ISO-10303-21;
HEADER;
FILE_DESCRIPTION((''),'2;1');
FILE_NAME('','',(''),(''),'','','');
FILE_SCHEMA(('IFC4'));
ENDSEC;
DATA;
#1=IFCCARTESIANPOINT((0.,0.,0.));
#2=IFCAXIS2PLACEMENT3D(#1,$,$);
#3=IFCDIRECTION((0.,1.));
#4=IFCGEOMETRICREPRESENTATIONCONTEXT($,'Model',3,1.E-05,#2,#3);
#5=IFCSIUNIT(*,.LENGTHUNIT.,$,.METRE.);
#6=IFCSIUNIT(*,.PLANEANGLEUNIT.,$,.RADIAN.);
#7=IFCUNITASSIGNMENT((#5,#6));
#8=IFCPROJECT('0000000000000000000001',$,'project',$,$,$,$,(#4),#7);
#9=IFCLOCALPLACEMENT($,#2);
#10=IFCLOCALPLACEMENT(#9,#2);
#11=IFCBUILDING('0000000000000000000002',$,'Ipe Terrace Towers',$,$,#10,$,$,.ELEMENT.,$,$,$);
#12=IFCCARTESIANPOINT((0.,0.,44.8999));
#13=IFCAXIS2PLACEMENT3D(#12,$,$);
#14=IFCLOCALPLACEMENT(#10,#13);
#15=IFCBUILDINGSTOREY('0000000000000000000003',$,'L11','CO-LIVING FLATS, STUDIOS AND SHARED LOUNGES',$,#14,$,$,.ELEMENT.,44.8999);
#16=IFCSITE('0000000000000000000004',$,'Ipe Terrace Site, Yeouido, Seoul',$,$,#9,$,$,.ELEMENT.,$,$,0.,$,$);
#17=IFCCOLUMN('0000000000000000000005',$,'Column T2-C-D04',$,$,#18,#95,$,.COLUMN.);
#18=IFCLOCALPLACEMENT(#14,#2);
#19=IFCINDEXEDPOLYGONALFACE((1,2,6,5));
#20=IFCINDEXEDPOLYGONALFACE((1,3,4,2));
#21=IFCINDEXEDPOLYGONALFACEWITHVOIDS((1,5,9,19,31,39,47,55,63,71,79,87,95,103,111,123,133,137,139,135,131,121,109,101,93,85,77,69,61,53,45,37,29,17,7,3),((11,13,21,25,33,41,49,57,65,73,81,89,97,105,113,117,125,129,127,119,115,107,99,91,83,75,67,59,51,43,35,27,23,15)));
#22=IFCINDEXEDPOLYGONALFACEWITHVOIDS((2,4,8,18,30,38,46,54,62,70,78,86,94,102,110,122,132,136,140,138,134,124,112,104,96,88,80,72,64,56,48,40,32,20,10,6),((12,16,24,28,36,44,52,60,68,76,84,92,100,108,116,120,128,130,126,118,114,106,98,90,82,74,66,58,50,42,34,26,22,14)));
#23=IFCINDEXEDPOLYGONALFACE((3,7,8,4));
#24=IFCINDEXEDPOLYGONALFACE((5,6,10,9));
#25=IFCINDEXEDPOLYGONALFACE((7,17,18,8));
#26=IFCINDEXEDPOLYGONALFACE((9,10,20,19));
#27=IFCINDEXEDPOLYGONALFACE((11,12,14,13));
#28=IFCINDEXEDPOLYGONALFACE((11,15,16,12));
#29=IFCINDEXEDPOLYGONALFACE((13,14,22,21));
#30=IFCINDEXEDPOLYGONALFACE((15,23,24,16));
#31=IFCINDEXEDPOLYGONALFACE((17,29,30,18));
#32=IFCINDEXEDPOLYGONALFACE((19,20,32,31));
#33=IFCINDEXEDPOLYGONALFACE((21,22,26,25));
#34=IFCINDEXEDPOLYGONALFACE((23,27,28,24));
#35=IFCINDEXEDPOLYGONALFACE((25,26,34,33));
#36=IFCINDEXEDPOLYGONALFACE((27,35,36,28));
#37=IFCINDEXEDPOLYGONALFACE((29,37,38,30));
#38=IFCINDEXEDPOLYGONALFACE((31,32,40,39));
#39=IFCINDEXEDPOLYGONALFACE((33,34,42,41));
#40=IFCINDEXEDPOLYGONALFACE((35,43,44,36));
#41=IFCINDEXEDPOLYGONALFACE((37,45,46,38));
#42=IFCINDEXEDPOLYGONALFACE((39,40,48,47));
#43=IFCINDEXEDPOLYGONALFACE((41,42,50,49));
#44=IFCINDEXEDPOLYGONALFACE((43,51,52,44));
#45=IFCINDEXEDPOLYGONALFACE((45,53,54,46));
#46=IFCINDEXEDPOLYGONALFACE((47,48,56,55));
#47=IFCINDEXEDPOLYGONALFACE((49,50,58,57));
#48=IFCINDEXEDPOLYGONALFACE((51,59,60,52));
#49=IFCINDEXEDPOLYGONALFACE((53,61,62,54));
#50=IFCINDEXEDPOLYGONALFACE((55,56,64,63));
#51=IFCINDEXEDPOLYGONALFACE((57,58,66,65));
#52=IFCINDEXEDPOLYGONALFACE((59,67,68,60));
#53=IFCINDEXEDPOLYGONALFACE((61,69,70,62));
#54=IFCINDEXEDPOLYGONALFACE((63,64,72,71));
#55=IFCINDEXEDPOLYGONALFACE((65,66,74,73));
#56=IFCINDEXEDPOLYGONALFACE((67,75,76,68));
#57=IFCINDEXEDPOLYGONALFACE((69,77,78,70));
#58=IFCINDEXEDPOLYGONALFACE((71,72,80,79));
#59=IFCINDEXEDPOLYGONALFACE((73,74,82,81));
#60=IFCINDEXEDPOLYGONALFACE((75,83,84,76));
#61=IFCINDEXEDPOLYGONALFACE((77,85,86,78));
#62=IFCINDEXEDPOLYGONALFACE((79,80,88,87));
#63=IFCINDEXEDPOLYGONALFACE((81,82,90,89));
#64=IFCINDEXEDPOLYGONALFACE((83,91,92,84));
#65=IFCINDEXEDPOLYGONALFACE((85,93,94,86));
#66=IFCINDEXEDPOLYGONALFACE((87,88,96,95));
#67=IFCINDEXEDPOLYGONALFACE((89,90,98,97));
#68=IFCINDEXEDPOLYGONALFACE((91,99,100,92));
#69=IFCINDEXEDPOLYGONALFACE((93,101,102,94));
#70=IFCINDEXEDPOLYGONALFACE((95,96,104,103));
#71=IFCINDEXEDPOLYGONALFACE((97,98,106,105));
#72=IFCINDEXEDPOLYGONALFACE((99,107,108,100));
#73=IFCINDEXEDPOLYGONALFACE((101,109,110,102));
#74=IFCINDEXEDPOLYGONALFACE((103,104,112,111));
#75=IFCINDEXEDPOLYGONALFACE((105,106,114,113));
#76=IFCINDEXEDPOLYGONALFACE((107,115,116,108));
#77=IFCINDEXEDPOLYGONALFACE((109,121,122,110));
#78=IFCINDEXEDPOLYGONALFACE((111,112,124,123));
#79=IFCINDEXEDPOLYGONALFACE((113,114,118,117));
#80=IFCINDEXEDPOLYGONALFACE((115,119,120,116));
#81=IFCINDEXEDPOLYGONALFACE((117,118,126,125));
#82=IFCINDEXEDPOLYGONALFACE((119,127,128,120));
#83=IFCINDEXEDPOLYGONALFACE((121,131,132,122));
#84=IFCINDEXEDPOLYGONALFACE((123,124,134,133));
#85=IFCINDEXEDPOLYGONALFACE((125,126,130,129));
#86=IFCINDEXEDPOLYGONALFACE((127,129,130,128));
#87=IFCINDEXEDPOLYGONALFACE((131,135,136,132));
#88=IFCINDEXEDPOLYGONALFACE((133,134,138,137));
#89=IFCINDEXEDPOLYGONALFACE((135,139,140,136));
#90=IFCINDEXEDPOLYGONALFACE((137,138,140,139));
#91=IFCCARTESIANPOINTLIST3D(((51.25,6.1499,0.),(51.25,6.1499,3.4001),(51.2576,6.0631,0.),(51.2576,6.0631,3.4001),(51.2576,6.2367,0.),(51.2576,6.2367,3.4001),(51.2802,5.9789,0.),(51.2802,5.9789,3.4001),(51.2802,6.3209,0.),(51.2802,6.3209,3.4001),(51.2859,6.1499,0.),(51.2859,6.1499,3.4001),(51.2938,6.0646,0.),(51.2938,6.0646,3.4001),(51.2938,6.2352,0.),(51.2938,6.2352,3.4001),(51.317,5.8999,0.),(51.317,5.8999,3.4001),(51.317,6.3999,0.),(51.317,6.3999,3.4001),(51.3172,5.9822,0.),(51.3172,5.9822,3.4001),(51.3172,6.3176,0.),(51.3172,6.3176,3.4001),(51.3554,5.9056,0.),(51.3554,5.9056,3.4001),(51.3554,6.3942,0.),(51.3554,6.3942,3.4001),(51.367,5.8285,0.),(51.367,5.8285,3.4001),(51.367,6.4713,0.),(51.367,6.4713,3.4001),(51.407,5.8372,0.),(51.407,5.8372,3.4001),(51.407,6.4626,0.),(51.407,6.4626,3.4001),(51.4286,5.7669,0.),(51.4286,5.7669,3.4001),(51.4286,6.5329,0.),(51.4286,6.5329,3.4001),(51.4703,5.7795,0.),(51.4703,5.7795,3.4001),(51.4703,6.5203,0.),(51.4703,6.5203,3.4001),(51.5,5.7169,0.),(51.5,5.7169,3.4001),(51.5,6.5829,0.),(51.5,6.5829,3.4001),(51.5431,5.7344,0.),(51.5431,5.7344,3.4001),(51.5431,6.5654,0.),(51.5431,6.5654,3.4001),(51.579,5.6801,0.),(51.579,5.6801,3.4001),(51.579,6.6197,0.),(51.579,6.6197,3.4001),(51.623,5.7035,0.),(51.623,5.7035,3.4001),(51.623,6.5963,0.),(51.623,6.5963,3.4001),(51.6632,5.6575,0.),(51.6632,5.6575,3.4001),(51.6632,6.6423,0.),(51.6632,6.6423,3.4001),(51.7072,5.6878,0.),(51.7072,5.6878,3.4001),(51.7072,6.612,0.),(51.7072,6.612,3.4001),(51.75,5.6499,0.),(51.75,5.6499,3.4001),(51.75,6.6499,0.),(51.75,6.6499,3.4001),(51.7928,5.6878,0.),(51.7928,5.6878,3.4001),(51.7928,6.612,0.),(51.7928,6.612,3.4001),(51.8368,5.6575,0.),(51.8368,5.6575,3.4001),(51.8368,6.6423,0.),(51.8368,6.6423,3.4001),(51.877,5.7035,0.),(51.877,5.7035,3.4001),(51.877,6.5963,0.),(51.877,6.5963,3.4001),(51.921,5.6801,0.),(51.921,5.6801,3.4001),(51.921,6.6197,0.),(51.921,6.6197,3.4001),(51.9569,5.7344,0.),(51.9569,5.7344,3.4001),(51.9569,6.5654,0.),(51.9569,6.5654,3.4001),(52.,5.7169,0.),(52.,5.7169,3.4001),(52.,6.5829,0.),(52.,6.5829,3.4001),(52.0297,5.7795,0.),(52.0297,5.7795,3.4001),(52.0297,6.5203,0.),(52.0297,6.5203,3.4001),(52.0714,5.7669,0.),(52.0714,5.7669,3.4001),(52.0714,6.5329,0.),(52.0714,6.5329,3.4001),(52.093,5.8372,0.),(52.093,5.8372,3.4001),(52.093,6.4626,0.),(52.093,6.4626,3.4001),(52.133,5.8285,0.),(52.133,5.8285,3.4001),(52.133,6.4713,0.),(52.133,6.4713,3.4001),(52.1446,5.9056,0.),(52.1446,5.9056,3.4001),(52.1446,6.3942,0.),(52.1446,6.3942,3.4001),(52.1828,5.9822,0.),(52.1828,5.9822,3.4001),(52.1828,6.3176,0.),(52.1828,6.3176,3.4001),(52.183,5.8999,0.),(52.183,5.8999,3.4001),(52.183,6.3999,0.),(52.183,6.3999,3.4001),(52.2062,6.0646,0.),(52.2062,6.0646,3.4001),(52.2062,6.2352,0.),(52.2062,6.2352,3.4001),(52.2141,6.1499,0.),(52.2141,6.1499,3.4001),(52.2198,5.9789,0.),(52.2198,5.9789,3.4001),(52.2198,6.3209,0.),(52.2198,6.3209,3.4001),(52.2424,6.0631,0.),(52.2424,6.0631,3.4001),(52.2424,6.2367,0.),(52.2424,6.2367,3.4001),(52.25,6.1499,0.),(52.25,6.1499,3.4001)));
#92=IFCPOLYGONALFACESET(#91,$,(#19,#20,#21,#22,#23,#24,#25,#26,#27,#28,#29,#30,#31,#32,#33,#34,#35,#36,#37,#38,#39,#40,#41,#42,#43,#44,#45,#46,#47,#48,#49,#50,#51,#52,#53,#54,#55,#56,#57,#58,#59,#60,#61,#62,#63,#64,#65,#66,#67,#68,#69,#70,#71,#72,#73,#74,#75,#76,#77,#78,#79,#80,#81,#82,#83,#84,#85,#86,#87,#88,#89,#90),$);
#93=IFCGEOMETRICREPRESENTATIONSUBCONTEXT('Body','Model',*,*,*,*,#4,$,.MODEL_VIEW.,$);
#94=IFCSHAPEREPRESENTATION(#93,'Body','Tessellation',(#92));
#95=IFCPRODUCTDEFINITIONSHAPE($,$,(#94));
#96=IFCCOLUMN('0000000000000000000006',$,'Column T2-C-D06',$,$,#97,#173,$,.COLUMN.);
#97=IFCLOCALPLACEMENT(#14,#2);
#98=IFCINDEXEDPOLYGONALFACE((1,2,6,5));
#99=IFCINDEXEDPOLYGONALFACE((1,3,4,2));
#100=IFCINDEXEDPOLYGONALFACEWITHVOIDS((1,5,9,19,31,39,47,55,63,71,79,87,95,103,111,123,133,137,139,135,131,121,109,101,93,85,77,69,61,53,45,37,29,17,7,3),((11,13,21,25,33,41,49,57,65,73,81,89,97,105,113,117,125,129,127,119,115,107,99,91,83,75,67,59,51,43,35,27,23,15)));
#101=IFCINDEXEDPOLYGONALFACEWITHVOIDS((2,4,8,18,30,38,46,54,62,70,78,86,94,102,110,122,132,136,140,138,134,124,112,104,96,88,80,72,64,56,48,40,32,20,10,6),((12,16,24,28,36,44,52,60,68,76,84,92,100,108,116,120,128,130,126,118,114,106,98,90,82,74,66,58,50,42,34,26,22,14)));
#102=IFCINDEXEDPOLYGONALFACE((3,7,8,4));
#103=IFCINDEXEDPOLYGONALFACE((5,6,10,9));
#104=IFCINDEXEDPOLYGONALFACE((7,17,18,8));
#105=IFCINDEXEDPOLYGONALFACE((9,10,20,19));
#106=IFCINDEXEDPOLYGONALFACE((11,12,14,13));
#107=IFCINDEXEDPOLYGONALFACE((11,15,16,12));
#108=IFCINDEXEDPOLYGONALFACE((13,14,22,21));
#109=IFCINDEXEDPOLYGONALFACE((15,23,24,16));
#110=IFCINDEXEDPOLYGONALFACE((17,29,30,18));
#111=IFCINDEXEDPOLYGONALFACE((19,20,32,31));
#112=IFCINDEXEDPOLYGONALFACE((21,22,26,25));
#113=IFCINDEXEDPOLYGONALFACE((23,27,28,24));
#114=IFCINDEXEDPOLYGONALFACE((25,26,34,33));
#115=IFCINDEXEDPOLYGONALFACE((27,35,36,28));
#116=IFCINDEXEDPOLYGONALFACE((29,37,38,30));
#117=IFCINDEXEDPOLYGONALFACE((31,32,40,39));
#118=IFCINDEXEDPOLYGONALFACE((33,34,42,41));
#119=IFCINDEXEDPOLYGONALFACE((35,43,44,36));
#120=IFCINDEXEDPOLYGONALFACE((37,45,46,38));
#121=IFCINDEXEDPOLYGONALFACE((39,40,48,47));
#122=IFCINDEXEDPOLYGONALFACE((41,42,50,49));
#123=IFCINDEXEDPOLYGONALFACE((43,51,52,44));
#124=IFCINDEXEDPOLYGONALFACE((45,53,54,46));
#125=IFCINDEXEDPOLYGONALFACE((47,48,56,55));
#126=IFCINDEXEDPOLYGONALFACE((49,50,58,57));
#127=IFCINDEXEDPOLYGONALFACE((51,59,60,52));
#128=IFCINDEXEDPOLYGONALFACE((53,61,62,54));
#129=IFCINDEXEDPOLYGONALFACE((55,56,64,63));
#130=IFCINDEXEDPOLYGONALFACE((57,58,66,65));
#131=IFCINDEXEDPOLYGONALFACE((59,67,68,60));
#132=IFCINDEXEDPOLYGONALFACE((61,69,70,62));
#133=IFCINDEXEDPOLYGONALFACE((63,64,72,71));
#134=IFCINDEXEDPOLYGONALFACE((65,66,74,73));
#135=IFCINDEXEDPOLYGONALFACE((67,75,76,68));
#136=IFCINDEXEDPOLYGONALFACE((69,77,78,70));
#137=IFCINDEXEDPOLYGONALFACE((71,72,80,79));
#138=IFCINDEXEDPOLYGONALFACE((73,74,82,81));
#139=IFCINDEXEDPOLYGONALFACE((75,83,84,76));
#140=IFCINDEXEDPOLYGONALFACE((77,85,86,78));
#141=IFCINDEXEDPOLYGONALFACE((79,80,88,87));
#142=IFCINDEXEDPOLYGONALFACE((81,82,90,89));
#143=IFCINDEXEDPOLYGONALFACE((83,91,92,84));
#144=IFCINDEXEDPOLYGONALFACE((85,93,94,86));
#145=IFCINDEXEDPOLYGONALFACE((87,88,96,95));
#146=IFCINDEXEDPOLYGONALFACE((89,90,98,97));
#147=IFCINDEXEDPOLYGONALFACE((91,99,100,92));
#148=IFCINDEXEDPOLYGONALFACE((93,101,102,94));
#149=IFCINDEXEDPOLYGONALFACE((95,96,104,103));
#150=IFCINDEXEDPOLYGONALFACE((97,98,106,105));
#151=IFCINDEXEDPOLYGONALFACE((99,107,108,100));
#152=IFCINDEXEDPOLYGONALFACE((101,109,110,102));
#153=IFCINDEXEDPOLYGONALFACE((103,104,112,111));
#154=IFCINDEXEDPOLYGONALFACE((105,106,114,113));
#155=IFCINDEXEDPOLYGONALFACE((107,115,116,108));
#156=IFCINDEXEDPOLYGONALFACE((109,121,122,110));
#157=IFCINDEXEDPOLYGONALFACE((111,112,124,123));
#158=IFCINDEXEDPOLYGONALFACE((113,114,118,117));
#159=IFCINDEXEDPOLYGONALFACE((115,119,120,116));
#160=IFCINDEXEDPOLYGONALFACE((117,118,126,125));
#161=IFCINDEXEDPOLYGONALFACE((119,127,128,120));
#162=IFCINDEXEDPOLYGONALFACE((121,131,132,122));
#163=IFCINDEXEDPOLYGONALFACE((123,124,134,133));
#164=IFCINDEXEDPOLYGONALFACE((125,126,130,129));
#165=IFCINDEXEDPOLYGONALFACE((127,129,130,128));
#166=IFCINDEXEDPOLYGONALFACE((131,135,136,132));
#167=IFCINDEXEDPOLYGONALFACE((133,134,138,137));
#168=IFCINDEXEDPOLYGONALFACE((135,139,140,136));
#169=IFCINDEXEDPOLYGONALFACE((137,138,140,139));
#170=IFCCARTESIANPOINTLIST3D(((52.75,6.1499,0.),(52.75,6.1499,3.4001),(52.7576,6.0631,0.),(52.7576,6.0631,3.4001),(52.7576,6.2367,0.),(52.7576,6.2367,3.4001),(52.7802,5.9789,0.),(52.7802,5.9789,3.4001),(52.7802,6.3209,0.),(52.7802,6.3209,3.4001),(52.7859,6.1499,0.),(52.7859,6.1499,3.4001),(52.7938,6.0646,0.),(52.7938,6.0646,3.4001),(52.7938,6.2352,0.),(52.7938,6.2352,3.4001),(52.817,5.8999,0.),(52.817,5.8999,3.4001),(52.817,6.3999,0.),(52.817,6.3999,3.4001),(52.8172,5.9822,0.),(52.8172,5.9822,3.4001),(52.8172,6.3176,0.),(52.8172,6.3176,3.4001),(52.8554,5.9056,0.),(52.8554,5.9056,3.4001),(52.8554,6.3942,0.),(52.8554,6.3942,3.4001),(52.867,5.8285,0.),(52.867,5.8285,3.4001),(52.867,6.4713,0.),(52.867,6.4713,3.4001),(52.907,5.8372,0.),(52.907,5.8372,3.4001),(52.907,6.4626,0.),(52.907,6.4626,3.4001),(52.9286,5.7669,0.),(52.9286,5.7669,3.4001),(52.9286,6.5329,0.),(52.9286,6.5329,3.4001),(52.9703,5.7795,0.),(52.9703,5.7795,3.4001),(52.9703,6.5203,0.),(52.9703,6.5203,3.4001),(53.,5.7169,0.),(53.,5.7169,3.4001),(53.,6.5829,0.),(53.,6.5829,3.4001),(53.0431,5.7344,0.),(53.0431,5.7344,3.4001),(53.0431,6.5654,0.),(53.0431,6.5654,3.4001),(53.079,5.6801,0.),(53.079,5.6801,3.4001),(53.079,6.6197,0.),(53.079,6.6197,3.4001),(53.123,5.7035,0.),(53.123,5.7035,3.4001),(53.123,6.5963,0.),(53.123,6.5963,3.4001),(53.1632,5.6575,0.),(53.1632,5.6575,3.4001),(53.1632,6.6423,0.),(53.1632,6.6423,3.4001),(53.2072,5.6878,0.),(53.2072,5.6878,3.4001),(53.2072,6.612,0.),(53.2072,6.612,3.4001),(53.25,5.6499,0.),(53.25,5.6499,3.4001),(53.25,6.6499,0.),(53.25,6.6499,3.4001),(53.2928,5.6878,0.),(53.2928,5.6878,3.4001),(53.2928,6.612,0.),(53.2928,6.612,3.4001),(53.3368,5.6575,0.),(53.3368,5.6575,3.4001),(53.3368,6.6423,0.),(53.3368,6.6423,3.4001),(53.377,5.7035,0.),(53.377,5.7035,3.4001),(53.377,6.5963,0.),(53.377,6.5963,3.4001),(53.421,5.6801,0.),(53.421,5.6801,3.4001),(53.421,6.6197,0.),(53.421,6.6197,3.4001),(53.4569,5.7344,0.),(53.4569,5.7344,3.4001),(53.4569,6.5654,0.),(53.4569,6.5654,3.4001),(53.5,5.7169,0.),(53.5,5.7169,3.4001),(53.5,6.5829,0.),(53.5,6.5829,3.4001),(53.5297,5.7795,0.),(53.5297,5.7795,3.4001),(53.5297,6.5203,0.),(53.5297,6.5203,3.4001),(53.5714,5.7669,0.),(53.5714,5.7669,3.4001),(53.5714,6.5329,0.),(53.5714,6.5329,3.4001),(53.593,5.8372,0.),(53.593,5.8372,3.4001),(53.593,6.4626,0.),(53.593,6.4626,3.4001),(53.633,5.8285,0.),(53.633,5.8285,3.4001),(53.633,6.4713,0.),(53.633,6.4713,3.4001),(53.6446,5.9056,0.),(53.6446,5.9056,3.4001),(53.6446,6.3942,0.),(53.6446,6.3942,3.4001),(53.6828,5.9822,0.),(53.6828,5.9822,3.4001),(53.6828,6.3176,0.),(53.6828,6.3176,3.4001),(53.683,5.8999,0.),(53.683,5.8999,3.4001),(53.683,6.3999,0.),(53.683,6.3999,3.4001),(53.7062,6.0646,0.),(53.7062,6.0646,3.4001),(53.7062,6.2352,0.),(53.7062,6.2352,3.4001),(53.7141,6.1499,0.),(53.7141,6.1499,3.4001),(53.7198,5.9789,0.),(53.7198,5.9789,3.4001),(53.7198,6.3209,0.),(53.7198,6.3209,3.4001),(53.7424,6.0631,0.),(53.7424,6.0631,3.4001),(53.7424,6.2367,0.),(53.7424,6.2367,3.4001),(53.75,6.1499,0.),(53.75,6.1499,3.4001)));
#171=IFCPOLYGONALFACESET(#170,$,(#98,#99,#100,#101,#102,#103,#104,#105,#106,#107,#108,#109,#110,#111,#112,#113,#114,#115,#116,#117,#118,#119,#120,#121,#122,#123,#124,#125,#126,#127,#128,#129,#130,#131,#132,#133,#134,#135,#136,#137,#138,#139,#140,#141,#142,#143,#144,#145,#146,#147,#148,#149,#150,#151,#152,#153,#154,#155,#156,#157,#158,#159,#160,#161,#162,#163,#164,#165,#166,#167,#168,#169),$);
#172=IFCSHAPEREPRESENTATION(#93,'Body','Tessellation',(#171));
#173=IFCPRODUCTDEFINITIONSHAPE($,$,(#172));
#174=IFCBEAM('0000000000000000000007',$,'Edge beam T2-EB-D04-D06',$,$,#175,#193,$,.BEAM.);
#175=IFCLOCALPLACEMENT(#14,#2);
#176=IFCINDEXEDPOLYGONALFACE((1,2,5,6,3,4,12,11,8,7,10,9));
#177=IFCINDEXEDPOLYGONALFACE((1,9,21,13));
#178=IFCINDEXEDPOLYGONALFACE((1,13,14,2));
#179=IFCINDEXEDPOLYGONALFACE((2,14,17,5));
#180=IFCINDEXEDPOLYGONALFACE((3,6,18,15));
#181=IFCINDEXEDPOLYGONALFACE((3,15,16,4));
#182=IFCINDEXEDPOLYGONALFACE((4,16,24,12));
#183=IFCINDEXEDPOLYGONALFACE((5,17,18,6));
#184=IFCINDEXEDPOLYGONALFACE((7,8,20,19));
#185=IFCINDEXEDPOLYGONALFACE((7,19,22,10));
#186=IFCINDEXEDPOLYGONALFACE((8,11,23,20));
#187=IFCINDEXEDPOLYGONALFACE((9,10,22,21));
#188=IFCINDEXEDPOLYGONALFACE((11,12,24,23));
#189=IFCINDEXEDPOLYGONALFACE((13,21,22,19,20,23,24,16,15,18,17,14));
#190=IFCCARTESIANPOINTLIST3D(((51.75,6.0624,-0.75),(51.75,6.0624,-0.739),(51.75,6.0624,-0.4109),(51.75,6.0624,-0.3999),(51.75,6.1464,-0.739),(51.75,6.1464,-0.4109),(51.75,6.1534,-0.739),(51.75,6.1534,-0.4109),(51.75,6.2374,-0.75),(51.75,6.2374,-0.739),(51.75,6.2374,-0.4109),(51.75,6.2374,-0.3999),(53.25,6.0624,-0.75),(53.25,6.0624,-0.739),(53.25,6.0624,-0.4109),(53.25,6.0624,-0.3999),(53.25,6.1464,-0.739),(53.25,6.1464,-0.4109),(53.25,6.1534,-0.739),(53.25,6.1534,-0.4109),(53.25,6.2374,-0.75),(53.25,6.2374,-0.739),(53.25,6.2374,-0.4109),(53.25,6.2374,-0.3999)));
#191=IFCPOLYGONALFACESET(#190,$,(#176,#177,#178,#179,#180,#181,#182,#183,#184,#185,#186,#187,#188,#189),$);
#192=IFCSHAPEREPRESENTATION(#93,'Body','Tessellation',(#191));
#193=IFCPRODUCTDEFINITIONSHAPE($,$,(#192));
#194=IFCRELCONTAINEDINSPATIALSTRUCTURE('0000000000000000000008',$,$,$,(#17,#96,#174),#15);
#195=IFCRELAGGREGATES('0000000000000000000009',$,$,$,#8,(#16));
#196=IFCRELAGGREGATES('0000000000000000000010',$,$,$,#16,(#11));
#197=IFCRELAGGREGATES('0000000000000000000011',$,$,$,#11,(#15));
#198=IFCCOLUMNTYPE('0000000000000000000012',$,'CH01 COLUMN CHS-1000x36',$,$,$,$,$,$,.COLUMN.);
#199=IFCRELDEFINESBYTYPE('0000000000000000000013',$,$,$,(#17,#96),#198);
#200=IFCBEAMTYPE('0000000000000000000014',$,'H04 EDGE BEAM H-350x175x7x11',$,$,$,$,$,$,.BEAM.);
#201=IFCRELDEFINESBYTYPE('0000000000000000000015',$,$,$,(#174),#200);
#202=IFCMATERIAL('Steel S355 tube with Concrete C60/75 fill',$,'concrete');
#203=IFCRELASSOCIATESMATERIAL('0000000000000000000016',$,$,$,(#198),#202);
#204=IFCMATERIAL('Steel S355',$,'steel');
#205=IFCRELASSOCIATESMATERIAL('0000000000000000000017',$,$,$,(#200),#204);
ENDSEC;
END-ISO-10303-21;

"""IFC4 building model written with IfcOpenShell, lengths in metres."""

from ifc_helpers import new_model, si_unit, direction, frame, origin, origin_2d, place, context, subcontext, project, spatial, hollow_circle, i_section, extrude, material, material_profile, profile_set, type_object, element, save


model = new_model("IFC4")

# Units and contexts
model_context = context("Model", 3, precision=1e-05, world=origin(), true_north=direction((0.0, 1.0)))
body_context = subcontext(model_context, "Body", "Model", "MODEL_VIEW")
ifc_project = project(units=[si_unit("LENGTHUNIT", "METRE"), si_unit("PLANEANGLEUNIT", "RADIAN")], contexts=[model_context])

# Site, building, storey
site_placement = place(None, origin())
site = spatial("IfcSite", under=ifc_project, at=site_placement, Name="Ipe Terrace Site, Yeouido, Seoul", CompositionType="ELEMENT", RefElevation=0.0)
building_placement = place(site_placement, origin())
building = spatial("IfcBuilding", under=site, at=building_placement, Name="Ipe Terrace Towers", CompositionType="ELEMENT")
storey_placement = place(building_placement, frame((0.0, 0.0, 44.8999)))
storey = spatial("IfcBuildingStorey", under=building, at=storey_placement, Name="L11", Description="CO-LIVING FLATS, STUDIOS AND SHARED LOUNGES", CompositionType="ELEMENT", Elevation=44.8999)

# Columns
ifc_material_1 = material(Name="Steel S355 tube with Concrete C60/75 fill", Category="concrete")
ifc_material_profile_1 = material_profile(ifc_material_1, hollow_circle(Radius=0.5, WallThickness=0.0359, at=origin_2d()), Name="CHS-1000x36")
ifc_profile_set_1 = profile_set([ifc_material_profile_1], Name="Steel S355 tube with Concrete C60/75 fill")
column_type = type_object("IfcColumnType", Name="CH01 COLUMN CHS-1000x36", PredefinedType="COLUMN", material=ifc_profile_set_1)
for number, where, z_axis, x_axis, name in (
    (1, (51.75, 6.1499, 0.0), (0.0, 0.0, 1.0), (1.0, 0.0, 0.0), "Column T2-C-D04"),
    (2, (53.25, 6.1499, 0.0), (0.0, 0.0, 1.0), (1.0, 0.0, 0.0), "Column T2-C-D06"),
):
    element("IfcColumn", number, at=place(storey_placement, frame(where, z_axis=z_axis, x_axis=x_axis)), inside=storey, type_object=column_type, Name=name, PredefinedType="COLUMN", context=body_context, shape_type="SweptSolid", body=[
        extrude(hollow_circle(Radius=0.5, WallThickness=0.0359, at=origin_2d()), origin(), (0.0, 0.0, 1.0), 3.4001),
    ])

# Beam
ifc_material_2 = material(Name="Steel S355", Category="steel")
ifc_material_profile_2 = material_profile(ifc_material_2, i_section(OverallWidth=0.175, OverallDepth=0.3501, WebThickness=0.0071, FlangeThickness=0.011, at=origin_2d()), Name="H-350x175x7x11")
ifc_profile_set_2 = profile_set([ifc_material_profile_2], Name="Steel S355")
beam_type = type_object("IfcBeamType", Name="H04 EDGE BEAM H-350x175x7x11", PredefinedType="BEAM", material=ifc_profile_set_2)
beam_placement = place(storey_placement, frame((51.75, 6.1499, -0.575), z_axis=(1.0, 0.0, 0.0), x_axis=(0.0, 1.0, 0.0)))
element("IfcBeam", 3, at=beam_placement, inside=storey, type_object=beam_type, Name="Edge beam T2-EB-D04-D06", PredefinedType="BEAM", context=body_context, shape_type="SweptSolid", body=[
    extrude(i_section(OverallWidth=0.175, OverallDepth=0.3501, WebThickness=0.0071, FlangeThickness=0.011, at=origin_2d()), origin(), (0.0, 0.0, 1.0), 1.5),
])

save(model, "model.ifc")
